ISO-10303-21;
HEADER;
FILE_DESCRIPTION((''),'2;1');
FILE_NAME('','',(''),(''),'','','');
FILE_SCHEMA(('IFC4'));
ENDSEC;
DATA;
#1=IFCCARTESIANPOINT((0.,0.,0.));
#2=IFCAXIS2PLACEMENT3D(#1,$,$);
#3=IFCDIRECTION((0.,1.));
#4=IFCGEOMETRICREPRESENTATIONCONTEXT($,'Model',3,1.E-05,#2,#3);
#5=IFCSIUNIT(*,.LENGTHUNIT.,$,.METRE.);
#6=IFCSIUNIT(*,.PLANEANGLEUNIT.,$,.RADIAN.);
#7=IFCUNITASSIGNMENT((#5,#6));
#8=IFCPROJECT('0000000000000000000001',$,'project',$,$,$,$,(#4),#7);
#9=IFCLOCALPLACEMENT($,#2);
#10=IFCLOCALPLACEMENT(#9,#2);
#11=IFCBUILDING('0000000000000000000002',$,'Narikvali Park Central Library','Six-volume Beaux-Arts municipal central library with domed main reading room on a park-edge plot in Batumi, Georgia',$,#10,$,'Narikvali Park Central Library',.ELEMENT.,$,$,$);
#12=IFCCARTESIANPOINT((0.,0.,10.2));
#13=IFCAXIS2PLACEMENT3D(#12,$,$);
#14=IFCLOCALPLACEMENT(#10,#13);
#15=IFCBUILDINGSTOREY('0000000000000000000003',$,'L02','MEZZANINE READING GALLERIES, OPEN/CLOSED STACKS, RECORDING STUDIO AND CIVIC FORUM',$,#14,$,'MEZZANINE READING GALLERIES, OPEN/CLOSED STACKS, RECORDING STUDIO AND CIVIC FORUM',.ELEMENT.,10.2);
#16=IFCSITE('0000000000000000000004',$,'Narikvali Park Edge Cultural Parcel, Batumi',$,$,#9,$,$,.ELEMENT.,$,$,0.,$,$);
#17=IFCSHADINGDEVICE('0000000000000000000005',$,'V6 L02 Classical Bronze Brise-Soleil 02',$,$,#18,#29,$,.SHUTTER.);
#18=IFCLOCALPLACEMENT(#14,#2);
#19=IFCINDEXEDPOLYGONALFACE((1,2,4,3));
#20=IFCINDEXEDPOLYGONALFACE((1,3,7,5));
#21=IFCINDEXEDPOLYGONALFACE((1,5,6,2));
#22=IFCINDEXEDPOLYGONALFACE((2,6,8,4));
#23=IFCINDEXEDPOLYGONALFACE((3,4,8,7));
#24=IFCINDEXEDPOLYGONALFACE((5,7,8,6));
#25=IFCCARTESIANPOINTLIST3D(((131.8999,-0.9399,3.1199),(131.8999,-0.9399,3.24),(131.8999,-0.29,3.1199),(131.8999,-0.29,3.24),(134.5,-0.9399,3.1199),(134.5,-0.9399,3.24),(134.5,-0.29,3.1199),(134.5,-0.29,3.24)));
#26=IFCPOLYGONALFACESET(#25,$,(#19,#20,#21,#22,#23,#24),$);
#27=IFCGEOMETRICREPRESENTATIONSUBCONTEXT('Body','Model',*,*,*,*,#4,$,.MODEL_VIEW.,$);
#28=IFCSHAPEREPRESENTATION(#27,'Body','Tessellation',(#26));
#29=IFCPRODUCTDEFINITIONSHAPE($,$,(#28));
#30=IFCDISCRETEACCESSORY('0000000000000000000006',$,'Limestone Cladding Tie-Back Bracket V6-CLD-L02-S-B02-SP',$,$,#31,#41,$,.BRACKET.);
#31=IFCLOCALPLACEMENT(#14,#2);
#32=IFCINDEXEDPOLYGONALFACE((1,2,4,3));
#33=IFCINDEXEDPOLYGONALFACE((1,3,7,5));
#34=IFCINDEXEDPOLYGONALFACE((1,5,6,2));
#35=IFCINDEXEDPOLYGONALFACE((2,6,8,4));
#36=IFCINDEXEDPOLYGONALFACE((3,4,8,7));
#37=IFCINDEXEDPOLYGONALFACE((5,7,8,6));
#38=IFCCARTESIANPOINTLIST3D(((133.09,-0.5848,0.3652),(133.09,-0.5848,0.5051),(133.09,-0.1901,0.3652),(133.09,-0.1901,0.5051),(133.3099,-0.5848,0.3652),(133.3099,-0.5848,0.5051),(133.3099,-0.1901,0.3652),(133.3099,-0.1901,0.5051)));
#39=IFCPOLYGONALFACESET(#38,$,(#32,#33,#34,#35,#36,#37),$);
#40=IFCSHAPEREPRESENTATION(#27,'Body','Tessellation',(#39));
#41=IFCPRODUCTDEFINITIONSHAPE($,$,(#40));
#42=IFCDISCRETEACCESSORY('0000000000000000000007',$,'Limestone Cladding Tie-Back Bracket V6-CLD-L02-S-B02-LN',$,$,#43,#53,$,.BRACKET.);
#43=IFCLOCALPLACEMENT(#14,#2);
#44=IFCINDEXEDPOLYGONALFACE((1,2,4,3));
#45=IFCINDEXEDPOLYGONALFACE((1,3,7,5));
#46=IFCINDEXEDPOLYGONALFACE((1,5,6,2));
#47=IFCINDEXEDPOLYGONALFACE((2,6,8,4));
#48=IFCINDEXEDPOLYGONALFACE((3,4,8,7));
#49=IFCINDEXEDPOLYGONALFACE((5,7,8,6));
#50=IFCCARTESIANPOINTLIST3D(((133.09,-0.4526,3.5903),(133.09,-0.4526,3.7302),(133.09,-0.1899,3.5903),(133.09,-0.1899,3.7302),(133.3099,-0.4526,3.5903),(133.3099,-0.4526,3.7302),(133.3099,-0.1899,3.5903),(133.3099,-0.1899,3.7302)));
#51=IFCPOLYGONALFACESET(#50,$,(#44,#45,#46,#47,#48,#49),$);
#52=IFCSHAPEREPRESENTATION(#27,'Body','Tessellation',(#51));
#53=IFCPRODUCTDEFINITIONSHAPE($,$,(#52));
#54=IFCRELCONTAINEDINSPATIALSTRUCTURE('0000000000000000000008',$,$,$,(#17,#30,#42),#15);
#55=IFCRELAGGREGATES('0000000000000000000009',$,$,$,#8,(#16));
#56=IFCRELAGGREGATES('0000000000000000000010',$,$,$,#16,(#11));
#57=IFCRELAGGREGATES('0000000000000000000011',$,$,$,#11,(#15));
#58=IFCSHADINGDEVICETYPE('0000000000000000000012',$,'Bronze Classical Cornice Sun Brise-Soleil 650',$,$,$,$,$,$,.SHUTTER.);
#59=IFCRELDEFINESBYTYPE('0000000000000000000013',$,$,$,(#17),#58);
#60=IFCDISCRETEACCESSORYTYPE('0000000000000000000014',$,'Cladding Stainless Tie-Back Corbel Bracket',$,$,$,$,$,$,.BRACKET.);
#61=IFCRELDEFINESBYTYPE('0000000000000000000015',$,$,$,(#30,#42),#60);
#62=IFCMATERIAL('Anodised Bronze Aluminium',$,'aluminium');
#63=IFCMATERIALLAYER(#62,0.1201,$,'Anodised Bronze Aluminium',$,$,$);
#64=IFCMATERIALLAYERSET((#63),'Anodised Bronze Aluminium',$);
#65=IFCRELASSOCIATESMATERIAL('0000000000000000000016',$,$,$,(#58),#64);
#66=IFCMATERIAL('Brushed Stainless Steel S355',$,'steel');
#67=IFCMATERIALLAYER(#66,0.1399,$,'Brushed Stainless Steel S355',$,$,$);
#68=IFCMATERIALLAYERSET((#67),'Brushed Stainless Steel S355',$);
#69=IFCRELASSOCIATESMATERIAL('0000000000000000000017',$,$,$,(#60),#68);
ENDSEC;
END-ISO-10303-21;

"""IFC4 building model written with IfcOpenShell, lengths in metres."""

from ifc_helpers import new_model, si_unit, direction, frame, origin, origin_2d, place, context, subcontext, project, spatial, rectangle, extrude, material, layer, layer_set, type_object, element, save


model = new_model("IFC4")

# Units and contexts
model_context = context("Model", 3, precision=1e-05, world=origin(), true_north=direction((0.0, 1.0)))
body_context = subcontext(model_context, "Body", "Model", "MODEL_VIEW")
ifc_project = project(units=[si_unit("LENGTHUNIT", "METRE"), si_unit("PLANEANGLEUNIT", "RADIAN")], contexts=[model_context])

# Site, building, storey
site_placement = place(None, origin())
site = spatial("IfcSite", under=ifc_project, at=site_placement, Name="Narikvali Park Edge Cultural Parcel, Batumi", CompositionType="ELEMENT", RefElevation=0.0)
building_placement = place(site_placement, origin())
building = spatial("IfcBuilding", under=site, at=building_placement, Name="Narikvali Park Central Library", Description="Six-volume Beaux-Arts municipal central library with domed main reading room on a park-edge plot in Batumi, Georgia", LongName="Narikvali Park Central Library", CompositionType="ELEMENT")
storey_placement = place(building_placement, frame((0.0, 0.0, 10.2)))
storey = spatial("IfcBuildingStorey", under=building, at=storey_placement, Name="L02", Description="MEZZANINE READING GALLERIES, OPEN/CLOSED STACKS, RECORDING STUDIO AND CIVIC FORUM", LongName="MEZZANINE READING GALLERIES, OPEN/CLOSED STACKS, RECORDING STUDIO AND CIVIC FORUM", CompositionType="ELEMENT", Elevation=10.2)

# Shading device
ifc_material_1 = material(Name="Anodised Bronze Aluminium", Category="aluminium")
ifc_layer_1 = layer(ifc_material_1, 0.1201, Name="Anodised Bronze Aluminium")
ifc_layer_set_1 = layer_set([ifc_layer_1], Name="Anodised Bronze Aluminium")
shading_device_type = type_object("IfcShadingDeviceType", Name="Bronze Classical Cornice Sun Brise-Soleil 650", PredefinedType="SHUTTER", material=ifc_layer_set_1)
shading_device_placement = place(storey_placement, frame((133.2, -0.615, 3.1199), z_axis=(0.0, 0.0, 1.0), x_axis=(1.0, 0.0, 0.0)))
element("IfcShadingDevice", 1, at=shading_device_placement, inside=storey, type_object=shading_device_type, Name="V6 L02 Classical Bronze Brise-Soleil 02", PredefinedType="SHUTTER", context=body_context, shape_type="SweptSolid", body=[
    extrude(rectangle(XDim=2.6001, YDim=0.6499, at=origin_2d()), origin(), (0.0, 0.0, 1.0), 0.1201),
])

# Discrete accessories
ifc_material_2 = material(Name="Brushed Stainless Steel S355", Category="steel")
ifc_layer_2 = layer(ifc_material_2, 0.1399, Name="Brushed Stainless Steel S355")
ifc_layer_set_2 = layer_set([ifc_layer_2], Name="Brushed Stainless Steel S355")
discrete_accessory_type = type_object("IfcDiscreteAccessoryType", Name="Cladding Stainless Tie-Back Corbel Bracket", PredefinedType="BRACKET", material=ifc_layer_set_2)
discrete_accessory_1_placement = place(storey_placement, frame((133.2, -0.3875, 0.3652), z_axis=(0.0, 0.0, 1.0), x_axis=(1.0, 0.0, 0.0)))
element("IfcDiscreteAccessory", 2, at=discrete_accessory_1_placement, inside=storey, type_object=discrete_accessory_type, Name="Limestone Cladding Tie-Back Bracket V6-CLD-L02-S-B02-SP", PredefinedType="BRACKET", context=body_context, shape_type="SweptSolid", body=[
    extrude(rectangle(XDim=0.22, YDim=0.3948, at=origin_2d()), origin(), (0.0, 0.0, 1.0), 0.1399),
])
discrete_accessory_2_placement = place(storey_placement, frame((133.2, -0.3213, 3.5903), z_axis=(0.0, 0.0, 1.0), x_axis=(1.0, 0.0, 0.0)))
element("IfcDiscreteAccessory", 3, at=discrete_accessory_2_placement, inside=storey, type_object=discrete_accessory_type, Name="Limestone Cladding Tie-Back Bracket V6-CLD-L02-S-B02-LN", PredefinedType="BRACKET", context=body_context, shape_type="SweptSolid", body=[
    extrude(rectangle(XDim=0.22, YDim=0.2627, at=origin_2d()), origin(), (0.0, 0.0, 1.0), 0.1399),
])

save(model, "model.ifc")
